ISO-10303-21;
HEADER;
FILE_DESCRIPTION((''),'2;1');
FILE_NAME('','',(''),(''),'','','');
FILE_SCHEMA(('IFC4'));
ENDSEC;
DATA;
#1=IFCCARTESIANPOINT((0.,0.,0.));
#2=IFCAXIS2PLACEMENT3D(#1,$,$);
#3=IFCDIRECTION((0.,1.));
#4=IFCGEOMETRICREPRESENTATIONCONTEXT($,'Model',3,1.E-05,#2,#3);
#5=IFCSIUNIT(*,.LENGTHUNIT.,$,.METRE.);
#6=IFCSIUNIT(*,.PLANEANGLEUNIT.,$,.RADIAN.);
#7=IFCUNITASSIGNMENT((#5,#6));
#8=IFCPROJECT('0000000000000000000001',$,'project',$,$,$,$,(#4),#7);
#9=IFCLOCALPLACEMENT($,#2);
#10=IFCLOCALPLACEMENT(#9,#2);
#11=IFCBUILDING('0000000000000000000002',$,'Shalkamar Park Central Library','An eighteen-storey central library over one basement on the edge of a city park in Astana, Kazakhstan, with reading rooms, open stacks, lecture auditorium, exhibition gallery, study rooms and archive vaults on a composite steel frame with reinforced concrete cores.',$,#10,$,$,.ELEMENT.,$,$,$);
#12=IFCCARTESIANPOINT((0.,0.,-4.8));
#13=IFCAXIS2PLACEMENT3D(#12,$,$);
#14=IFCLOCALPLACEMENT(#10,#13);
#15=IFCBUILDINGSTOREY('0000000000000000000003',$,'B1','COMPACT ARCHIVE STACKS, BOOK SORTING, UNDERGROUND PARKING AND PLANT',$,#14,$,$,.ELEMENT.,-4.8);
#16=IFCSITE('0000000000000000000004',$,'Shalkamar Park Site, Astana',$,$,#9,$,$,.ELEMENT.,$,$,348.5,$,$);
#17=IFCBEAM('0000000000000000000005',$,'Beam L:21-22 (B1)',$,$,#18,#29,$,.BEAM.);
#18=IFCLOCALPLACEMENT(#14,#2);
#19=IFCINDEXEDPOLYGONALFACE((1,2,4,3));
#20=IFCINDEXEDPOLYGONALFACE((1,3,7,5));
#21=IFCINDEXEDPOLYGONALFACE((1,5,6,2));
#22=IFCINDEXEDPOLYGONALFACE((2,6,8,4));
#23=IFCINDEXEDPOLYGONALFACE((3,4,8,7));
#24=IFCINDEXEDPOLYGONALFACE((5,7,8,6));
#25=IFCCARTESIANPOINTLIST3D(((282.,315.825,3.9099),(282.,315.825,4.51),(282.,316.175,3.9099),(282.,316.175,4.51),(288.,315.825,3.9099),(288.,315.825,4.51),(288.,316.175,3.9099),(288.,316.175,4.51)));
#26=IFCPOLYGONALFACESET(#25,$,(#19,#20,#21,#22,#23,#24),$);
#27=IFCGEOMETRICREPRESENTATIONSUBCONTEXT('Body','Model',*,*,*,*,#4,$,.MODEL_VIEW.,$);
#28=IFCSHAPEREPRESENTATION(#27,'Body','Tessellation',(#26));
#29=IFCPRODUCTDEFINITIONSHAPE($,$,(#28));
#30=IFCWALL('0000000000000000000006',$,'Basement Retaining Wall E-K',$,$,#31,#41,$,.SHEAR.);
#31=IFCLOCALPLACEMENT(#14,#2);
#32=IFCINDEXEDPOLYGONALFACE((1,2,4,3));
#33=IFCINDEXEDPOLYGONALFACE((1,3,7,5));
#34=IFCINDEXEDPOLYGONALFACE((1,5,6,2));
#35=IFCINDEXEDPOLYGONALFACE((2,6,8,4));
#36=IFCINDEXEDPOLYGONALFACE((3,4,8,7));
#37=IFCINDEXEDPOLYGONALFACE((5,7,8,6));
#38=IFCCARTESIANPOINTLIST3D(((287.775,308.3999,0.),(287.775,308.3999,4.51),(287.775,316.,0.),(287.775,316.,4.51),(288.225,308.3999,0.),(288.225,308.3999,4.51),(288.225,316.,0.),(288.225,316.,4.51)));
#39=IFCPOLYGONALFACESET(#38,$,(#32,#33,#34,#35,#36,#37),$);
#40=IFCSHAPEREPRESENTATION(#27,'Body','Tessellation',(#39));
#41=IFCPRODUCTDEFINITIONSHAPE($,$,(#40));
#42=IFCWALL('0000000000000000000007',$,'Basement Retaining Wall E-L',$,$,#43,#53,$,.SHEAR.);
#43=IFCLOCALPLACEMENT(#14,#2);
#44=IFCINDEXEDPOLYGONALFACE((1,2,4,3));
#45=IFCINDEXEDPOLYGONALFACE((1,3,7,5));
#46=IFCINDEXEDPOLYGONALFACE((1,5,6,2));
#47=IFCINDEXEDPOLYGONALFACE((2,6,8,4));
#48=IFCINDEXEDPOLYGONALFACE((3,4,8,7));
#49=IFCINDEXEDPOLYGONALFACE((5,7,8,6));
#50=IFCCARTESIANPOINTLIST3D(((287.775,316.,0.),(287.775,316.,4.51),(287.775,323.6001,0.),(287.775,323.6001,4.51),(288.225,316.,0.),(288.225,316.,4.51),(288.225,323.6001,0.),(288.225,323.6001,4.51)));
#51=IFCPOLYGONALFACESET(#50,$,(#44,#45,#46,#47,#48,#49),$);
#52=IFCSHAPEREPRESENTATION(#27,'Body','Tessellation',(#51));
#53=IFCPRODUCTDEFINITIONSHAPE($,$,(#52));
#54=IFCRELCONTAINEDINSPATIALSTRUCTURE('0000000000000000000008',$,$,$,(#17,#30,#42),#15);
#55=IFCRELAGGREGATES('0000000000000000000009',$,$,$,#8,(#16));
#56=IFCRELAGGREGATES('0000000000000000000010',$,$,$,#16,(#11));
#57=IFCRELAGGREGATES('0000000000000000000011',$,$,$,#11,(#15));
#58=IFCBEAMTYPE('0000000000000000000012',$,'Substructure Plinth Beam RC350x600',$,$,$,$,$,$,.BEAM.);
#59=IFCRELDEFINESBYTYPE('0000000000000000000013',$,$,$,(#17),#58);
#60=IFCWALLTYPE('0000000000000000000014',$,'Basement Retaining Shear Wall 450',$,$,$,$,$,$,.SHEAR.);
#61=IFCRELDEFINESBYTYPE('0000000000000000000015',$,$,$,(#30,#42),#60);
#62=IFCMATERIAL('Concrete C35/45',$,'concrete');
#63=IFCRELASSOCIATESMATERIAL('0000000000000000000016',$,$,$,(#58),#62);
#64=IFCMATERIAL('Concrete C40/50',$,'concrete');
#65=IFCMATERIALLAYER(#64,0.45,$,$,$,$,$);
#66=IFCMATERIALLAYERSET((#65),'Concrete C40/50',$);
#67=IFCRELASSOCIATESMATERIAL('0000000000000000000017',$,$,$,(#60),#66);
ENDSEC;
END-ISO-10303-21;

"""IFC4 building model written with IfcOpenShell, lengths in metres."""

from ifc_helpers import new_model, si_unit, direction, frame, frame_2d, origin, origin_2d, place, context, subcontext, project, spatial, rectangle, extrude, material, layer, layer_set, material_profile, profile_set, type_object, element, save


model = new_model("IFC4")

# Units and contexts
model_context = context("Model", 3, precision=1e-05, world=origin(), true_north=direction((0.0, 1.0)))
body_context = subcontext(model_context, "Body", "Model", "MODEL_VIEW")
ifc_project = project(units=[si_unit("LENGTHUNIT", "METRE"), si_unit("PLANEANGLEUNIT", "RADIAN")], contexts=[model_context])

# Site, building, storey
site_placement = place(None, origin())
site = spatial("IfcSite", under=ifc_project, at=site_placement, Name="Shalkamar Park Site, Astana", CompositionType="ELEMENT", RefElevation=348.5)
building_placement = place(site_placement, origin())
building = spatial("IfcBuilding", under=site, at=building_placement, Name="Shalkamar Park Central Library", Description="An eighteen-storey central library over one basement on the edge of a city park in Astana, Kazakhstan, with reading rooms, open stacks, lecture auditorium, exhibition gallery, study rooms and archive vaults on a composite steel frame with reinforced concrete cores.", CompositionType="ELEMENT")
storey_placement = place(building_placement, frame((0.0, 0.0, -4.8)))
storey = spatial("IfcBuildingStorey", under=building, at=storey_placement, Name="B1", Description="COMPACT ARCHIVE STACKS, BOOK SORTING, UNDERGROUND PARKING AND PLANT", CompositionType="ELEMENT", Elevation=-4.8)

# Shared definitions
ifc_material_1 = material(Name="Concrete C35/45", Category="concrete")

# Shared definitions
ifc_material_2 = material(Name="Concrete C40/50", Category="concrete")

# Beam
ifc_material_profile_1 = material_profile(ifc_material_1, rectangle(XDim=0.3501, YDim=0.6001, at=origin_2d()), Name="RC 350x600")
ifc_profile_set_1 = profile_set([ifc_material_profile_1], Name="Concrete C35/45")
beam_type_1 = type_object("IfcBeamType", Name="Substructure Plinth Beam RC350x600", PredefinedType="BEAM", material=ifc_profile_set_1)
for number, where, z_axis, x_axis, name in (
    (1, (282.0, 316.0, 4.21), (1.0, 0.0, 0.0), (0.0, 1.0, 0.0), "Beam L:21-22 (B1)"),
):
    element("IfcBeam", number, at=place(storey_placement, frame(where, z_axis=z_axis, x_axis=x_axis)), inside=storey, type_object=beam_type_1, Name=name, PredefinedType="BEAM", context=body_context, shape_type="SweptSolid", body=[
        extrude(rectangle(XDim=0.3501, YDim=0.6001, at=origin_2d()), origin(), (0.0, 0.0, 1.0), 6.0),
    ])

# Walls
ifc_layer = layer(ifc_material_2, 0.45)
ifc_layer_set = layer_set([ifc_layer], Name="Concrete C40/50")
wall_type = type_object("IfcWallType", Name="Basement Retaining Shear Wall 450", PredefinedType="SHEAR", material=ifc_layer_set)
for number, where, z_axis, x_axis, name in (
    (2, (288.0, 308.3999, 0.0), (0.0, 0.0, 1.0), (0.0, 1.0, 0.0), "Basement Retaining Wall E-K"),
    (3, (288.0, 316.0, 0.0), (0.0, 0.0, 1.0), (0.0, 1.0, 0.0), "Basement Retaining Wall E-L"),
):
    element("IfcWall", number, at=place(storey_placement, frame(where, z_axis=z_axis, x_axis=x_axis)), inside=storey, type_object=wall_type, Name=name, PredefinedType="SHEAR", context=body_context, shape_type="SweptSolid", body=[
        extrude(rectangle(XDim=7.6001, YDim=0.45, at=frame_2d((3.8, 0.0))), origin(), (0.0, 0.0, 1.0), 4.51),
    ])

save(model, "model.ifc")
